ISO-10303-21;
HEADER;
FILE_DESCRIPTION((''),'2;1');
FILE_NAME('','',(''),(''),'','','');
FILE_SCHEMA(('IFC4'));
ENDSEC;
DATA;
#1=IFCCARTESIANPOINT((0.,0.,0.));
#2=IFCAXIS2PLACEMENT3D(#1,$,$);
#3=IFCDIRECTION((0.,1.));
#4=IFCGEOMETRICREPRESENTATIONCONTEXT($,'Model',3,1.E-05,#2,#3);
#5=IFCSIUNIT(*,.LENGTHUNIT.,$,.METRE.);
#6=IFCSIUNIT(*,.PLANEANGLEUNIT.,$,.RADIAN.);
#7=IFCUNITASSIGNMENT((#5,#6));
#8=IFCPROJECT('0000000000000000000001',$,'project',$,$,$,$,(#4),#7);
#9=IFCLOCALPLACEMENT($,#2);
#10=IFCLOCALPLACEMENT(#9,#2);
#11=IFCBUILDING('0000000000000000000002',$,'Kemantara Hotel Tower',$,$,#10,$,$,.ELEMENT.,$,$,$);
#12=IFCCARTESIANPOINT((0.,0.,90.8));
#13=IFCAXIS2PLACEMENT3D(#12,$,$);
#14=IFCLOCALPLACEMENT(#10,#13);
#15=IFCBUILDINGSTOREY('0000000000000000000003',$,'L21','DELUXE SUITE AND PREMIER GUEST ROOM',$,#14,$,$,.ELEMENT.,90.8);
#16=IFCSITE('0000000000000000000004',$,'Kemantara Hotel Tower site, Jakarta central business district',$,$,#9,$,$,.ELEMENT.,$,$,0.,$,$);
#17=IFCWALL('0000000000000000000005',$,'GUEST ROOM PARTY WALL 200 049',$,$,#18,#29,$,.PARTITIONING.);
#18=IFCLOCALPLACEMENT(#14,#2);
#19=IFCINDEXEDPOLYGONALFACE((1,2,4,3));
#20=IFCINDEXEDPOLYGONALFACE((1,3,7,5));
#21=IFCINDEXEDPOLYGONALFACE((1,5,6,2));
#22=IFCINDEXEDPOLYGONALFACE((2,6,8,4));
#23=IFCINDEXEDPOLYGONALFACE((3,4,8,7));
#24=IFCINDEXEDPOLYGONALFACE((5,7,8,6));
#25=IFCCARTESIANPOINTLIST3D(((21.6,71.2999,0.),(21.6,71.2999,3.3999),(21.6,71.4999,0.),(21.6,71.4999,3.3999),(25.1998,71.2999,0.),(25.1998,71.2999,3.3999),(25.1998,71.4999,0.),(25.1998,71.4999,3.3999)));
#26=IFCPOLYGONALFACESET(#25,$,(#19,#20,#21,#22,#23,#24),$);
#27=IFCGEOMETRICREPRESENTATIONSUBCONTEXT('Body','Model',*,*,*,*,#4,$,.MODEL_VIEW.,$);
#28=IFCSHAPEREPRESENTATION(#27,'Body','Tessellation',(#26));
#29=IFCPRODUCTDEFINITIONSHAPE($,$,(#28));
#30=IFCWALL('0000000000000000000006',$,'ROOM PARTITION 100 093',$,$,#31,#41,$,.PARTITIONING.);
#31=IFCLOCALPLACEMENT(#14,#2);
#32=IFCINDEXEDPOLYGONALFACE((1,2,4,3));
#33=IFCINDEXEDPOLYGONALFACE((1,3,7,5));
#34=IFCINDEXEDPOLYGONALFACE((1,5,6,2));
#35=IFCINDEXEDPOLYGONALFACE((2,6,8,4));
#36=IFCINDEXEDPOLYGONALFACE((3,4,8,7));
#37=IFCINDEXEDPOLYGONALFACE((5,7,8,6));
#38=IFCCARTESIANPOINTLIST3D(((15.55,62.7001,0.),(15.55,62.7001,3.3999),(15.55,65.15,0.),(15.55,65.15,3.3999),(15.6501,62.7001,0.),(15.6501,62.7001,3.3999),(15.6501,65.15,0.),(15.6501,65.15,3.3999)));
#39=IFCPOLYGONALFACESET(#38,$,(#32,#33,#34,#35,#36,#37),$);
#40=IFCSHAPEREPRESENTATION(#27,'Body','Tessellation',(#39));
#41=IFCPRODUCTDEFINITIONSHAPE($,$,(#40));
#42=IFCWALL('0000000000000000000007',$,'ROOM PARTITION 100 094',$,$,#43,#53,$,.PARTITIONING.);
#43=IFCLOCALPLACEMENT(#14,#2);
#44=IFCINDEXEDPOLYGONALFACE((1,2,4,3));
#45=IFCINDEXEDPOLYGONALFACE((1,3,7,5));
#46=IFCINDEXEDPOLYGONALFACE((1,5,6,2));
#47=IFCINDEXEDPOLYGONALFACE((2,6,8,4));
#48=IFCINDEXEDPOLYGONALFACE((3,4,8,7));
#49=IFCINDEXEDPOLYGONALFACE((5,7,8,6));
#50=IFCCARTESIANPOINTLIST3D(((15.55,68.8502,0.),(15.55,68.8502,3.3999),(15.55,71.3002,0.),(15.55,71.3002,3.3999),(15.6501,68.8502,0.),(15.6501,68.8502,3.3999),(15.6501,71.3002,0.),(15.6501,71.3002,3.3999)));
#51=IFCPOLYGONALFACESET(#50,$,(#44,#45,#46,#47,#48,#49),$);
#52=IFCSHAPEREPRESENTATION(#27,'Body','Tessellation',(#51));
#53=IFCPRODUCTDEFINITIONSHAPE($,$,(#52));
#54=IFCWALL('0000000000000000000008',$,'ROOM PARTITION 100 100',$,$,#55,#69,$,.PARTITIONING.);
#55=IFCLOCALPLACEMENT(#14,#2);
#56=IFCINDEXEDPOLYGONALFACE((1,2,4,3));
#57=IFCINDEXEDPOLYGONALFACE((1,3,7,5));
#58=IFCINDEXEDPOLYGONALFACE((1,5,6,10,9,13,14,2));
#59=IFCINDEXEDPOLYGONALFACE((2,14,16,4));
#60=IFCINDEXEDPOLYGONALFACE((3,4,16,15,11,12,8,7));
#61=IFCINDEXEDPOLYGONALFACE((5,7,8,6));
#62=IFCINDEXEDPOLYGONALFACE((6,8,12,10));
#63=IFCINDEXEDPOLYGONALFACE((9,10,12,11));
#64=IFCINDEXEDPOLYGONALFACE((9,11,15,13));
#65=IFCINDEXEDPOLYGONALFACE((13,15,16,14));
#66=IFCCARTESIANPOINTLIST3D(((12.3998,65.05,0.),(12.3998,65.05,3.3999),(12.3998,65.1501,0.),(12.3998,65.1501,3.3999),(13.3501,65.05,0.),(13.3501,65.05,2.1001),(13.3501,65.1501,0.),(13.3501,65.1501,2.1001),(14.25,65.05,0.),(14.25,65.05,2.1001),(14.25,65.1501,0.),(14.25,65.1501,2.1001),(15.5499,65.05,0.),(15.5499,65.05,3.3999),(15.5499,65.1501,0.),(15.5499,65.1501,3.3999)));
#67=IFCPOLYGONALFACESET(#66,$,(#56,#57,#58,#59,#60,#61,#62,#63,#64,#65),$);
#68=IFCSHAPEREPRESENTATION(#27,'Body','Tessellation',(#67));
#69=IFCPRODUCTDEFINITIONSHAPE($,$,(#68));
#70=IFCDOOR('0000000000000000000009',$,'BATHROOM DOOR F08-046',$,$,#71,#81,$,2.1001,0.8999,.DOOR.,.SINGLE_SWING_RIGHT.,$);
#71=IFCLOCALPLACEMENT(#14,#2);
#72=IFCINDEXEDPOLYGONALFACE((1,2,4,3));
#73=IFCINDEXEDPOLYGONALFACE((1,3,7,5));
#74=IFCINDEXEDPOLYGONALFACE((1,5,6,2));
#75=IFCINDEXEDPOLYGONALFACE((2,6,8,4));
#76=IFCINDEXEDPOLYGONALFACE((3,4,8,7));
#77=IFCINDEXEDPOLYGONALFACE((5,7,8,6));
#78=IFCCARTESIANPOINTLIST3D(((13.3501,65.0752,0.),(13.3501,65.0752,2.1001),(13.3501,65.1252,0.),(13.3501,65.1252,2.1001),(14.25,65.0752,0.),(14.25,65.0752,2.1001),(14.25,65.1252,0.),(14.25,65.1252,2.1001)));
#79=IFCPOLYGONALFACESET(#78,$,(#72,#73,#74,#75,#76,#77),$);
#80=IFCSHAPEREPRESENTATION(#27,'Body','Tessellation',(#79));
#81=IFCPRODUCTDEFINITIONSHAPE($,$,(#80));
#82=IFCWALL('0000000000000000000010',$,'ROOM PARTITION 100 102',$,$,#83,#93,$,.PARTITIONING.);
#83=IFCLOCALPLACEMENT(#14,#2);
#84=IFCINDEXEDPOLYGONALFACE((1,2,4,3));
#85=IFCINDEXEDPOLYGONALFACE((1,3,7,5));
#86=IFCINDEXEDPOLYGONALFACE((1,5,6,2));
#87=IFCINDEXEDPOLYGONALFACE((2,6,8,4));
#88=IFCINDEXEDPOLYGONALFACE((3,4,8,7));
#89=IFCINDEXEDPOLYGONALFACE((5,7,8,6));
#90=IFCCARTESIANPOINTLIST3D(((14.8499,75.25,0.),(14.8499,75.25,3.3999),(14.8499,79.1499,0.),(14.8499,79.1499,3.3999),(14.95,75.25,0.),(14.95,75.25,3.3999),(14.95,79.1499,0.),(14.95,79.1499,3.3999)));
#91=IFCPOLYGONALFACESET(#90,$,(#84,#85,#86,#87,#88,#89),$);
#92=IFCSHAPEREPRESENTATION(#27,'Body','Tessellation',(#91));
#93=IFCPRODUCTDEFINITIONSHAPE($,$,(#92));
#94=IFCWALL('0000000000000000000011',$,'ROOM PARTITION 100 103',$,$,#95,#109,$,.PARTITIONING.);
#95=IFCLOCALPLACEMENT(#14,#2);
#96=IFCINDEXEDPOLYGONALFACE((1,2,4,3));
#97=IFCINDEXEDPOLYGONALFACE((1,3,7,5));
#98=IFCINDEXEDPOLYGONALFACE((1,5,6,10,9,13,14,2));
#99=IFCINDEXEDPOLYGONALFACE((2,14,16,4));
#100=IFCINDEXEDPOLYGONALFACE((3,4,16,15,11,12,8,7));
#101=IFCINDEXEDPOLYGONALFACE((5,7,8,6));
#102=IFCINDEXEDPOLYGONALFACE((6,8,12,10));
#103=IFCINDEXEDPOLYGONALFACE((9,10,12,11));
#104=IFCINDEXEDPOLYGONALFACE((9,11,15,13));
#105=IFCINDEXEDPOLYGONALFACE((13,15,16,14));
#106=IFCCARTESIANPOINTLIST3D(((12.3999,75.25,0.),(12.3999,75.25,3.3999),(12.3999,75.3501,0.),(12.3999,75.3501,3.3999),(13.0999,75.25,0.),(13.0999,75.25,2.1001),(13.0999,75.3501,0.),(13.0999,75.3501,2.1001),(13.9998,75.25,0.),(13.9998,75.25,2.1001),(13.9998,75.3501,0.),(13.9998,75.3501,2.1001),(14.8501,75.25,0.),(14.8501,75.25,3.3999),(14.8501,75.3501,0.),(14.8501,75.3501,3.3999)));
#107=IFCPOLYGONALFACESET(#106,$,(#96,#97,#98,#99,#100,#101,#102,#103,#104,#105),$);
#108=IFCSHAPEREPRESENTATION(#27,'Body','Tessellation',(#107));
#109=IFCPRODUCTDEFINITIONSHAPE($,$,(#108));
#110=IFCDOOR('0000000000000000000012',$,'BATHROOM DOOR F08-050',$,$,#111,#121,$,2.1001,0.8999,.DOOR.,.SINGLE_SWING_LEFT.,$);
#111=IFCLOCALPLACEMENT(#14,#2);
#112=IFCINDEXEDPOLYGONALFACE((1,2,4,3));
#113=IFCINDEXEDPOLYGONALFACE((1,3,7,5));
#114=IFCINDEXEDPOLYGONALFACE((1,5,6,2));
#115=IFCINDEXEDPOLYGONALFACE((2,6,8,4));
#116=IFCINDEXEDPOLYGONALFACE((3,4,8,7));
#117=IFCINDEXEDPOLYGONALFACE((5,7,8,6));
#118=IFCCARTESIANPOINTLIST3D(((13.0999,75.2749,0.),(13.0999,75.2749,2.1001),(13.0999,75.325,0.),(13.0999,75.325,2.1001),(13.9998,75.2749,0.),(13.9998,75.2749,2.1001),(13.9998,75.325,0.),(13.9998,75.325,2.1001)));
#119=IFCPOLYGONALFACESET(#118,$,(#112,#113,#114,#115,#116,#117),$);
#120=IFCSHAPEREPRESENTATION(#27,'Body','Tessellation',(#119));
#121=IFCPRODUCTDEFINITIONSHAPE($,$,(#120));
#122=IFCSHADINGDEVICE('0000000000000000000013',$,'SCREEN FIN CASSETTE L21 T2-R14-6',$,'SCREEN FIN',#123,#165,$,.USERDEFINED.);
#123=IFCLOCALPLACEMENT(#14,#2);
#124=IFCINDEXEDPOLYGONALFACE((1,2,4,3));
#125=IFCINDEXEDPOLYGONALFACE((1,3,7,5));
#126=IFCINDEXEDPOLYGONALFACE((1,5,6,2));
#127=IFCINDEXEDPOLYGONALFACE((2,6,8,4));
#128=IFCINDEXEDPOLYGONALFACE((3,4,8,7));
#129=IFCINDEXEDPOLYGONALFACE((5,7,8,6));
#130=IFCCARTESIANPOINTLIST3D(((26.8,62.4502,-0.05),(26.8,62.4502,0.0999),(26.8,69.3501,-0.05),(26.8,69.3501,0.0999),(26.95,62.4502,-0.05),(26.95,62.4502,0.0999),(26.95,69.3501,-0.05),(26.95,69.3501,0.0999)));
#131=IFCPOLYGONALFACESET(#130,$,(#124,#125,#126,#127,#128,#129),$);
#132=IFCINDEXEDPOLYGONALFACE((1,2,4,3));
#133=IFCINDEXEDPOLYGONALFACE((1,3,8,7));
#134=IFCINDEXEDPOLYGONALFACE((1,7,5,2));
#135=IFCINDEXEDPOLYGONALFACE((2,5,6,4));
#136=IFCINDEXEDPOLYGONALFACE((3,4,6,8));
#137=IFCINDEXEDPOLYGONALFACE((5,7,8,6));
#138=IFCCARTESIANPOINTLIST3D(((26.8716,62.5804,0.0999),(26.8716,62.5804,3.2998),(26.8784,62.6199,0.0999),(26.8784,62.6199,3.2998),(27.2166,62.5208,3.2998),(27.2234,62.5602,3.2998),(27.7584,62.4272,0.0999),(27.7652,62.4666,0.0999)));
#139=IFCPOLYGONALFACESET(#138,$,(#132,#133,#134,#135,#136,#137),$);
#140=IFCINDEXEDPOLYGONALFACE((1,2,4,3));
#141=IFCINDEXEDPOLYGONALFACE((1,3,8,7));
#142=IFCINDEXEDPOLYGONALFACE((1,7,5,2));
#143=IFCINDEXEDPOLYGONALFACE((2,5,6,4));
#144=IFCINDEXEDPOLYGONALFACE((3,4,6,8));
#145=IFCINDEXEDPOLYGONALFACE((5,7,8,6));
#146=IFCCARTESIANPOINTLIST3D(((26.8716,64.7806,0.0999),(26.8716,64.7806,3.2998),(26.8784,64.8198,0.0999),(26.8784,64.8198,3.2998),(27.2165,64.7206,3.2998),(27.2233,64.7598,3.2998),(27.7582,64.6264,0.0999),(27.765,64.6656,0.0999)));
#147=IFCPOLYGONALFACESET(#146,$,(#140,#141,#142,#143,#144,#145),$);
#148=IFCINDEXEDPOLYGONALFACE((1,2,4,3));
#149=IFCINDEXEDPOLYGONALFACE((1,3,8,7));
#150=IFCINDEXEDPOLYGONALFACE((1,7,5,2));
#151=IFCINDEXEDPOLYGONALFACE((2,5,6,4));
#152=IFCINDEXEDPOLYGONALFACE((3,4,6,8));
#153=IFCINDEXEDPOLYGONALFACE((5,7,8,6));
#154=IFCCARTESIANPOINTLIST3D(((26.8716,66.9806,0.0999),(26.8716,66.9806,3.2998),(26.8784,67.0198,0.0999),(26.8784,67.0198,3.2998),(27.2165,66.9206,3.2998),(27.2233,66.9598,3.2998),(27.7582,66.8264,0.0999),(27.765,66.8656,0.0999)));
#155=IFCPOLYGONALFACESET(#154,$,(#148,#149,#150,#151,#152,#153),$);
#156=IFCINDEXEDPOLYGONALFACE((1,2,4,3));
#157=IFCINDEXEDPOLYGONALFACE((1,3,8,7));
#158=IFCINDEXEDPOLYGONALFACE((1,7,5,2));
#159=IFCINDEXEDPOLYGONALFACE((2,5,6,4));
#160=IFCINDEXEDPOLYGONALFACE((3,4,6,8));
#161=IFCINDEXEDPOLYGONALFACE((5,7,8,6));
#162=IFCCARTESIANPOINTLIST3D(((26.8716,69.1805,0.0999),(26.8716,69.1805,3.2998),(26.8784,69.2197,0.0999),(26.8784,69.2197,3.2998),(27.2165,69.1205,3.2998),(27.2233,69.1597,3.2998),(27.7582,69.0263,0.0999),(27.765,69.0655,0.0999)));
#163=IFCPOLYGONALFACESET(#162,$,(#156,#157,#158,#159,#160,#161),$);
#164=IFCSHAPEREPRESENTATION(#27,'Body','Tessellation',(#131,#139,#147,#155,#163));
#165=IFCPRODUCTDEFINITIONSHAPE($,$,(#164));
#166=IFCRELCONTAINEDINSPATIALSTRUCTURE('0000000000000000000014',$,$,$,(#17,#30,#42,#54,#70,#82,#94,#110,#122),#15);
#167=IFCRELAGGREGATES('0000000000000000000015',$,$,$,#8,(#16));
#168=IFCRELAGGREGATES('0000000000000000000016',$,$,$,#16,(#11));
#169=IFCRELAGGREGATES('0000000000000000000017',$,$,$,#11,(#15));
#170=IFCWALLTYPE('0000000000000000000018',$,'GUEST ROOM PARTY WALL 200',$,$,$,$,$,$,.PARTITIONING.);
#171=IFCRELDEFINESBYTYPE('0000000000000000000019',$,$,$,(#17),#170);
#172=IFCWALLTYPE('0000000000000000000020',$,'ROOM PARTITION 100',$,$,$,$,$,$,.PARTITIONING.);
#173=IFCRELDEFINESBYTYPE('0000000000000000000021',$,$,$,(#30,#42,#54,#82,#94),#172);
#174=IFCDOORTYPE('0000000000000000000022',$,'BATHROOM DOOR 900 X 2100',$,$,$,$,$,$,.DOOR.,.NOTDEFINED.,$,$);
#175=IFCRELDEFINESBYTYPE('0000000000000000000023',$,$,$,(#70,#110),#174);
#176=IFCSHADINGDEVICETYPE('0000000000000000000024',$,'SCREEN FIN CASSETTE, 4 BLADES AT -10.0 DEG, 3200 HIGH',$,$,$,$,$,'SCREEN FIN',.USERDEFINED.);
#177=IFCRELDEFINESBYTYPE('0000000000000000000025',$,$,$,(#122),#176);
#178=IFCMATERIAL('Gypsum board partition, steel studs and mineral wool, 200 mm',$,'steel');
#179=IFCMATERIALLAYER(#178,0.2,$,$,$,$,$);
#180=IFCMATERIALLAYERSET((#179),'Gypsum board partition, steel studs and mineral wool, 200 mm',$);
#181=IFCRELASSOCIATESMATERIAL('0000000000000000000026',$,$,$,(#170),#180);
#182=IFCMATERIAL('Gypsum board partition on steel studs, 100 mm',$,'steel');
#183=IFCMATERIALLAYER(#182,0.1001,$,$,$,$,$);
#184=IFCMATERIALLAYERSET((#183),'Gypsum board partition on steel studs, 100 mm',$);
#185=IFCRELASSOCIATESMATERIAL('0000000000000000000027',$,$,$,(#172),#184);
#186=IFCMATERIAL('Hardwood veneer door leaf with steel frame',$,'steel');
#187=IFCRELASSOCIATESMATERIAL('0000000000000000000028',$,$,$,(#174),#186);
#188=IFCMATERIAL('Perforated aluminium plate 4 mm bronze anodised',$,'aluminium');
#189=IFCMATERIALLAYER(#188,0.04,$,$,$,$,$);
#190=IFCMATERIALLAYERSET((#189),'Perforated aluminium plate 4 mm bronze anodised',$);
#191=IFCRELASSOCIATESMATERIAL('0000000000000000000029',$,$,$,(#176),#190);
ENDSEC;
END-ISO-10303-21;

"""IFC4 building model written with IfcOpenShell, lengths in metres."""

from ifc_helpers import new_model, si_unit, direction, frame, frame_2d, origin, origin_2d, place, context, subcontext, project, spatial, polyline, rectangle, outline, extrude, source, transform, mapped, material, layer, layer_set, type_object, element, fill, save


model = new_model("IFC4")

# Units and contexts
model_context = context("Model", 3, precision=1e-05, world=origin(), true_north=direction((0.0, 1.0)))
body_context = subcontext(model_context, "Body", "Model", "MODEL_VIEW")
ifc_project = project(units=[si_unit("LENGTHUNIT", "METRE"), si_unit("PLANEANGLEUNIT", "RADIAN")], contexts=[model_context])

# Site, building, storey
site_placement = place(None, origin())
site = spatial("IfcSite", under=ifc_project, at=site_placement, Name="Kemantara Hotel Tower site, Jakarta central business district", CompositionType="ELEMENT", RefElevation=0.0)
building_placement = place(site_placement, origin())
building = spatial("IfcBuilding", under=site, at=building_placement, Name="Kemantara Hotel Tower", CompositionType="ELEMENT")
storey_placement = place(building_placement, frame((0.0, 0.0, 90.8)))
storey = spatial("IfcBuildingStorey", under=building, at=storey_placement, Name="L21", Description="DELUXE SUITE AND PREMIER GUEST ROOM", CompositionType="ELEMENT", Elevation=90.8)

# Walls
ifc_material_1 = material(Name="Gypsum board partition, steel studs and mineral wool, 200 mm", Category="steel")
ifc_layer_1 = layer(ifc_material_1, 0.2)
ifc_layer_set_1 = layer_set([ifc_layer_1], Name="Gypsum board partition, steel studs and mineral wool, 200 mm")
wall_type_1 = type_object("IfcWallType", Name="GUEST ROOM PARTY WALL 200", PredefinedType="PARTITIONING", material=ifc_layer_set_1)
wall_1_placement = place(storey_placement, frame((21.6001, 71.3999, 0.0), z_axis=(0.0, 0.0, 1.0), x_axis=(1.0, 0.0, 0.0)))
element("IfcWall", 1, at=wall_1_placement, inside=storey, type_object=wall_type_1, Name="GUEST ROOM PARTY WALL 200 049", PredefinedType="PARTITIONING", context=body_context, shape_type="SweptSolid", body=[
    extrude(rectangle(XDim=3.5999, YDim=0.2, at=frame_2d((1.7998, 0.0))), origin(), (0.0, 0.0, 1.0), 3.3999),
])
ifc_material_2 = material(Name="Gypsum board partition on steel studs, 100 mm", Category="steel")
ifc_layer_2 = layer(ifc_material_2, 0.1001)
ifc_layer_set_2 = layer_set([ifc_layer_2], Name="Gypsum board partition on steel studs, 100 mm")
wall_type_2 = type_object("IfcWallType", Name="ROOM PARTITION 100", PredefinedType="PARTITIONING", material=ifc_layer_set_2)
for number, where, z_axis, x_axis, name in (
    (2, (15.6001, 62.7, 0.0), (0.0, 0.0, 1.0), (0.0, 1.0, 0.0), "ROOM PARTITION 100 093"),
    (3, (15.6001, 68.8501, 0.0), (0.0, 0.0, 1.0), (0.0, 1.0, 0.0), "ROOM PARTITION 100 094"),
):
    element("IfcWall", number, at=place(storey_placement, frame(where, z_axis=z_axis, x_axis=x_axis)), inside=storey, type_object=wall_type_2, Name=name, PredefinedType="PARTITIONING", context=body_context, shape_type="SweptSolid", body=[
        extrude(rectangle(XDim=2.45, YDim=0.1001, at=frame_2d((1.2251, 0.0))), origin(), (0.0, 0.0, 1.0), 3.3999),
    ])

# Wall, opening, door
wall_2_placement = place(storey_placement, frame((15.55, 65.1001, 0.0), z_axis=(0.0, 0.0, 1.0), x_axis=(-1.0, 0.0, 0.0)))
wall_2 = element("IfcWall", 4, at=wall_2_placement, inside=storey, type_object=wall_type_2, Name="ROOM PARTITION 100 100", PredefinedType="PARTITIONING", context=body_context, shape_type="SweptSolid", body=[
    extrude(rectangle(XDim=3.1501, YDim=0.1001, at=frame_2d((1.5752, 0.0))), origin(), (0.0, 0.0, 1.0), 3.3999),
])
opening_1_placement = place(wall_2_placement, frame((1.3, 0.0, 0.0)))
opening_1 = element("IfcOpeningElement", 5, at=opening_1_placement, cuts=wall_2, PredefinedType="OPENING", context=body_context, shape_type="SweptSolid", body=[
    extrude(rectangle(XDim=0.8999, YDim=2.1001, at=frame_2d((0.45, 1.05))), frame((0.0, 0.0601, 0.0), z_axis=(0.0, -1.0, 0.0), x_axis=(1.0, 0.0, 0.0)), (0.0, 0.0, 1.0), 0.1201),
])
ifc_material_3 = material(Name="Hardwood veneer door leaf with steel frame", Category="steel")
door_type = type_object("IfcDoorType", Name="BATHROOM DOOR 900 X 2100", OperationType="NOTDEFINED", PredefinedType="DOOR", material=ifc_material_3)
door_1_placement = place(opening_1_placement, origin())
door_1 = element("IfcDoor", 6, at=door_1_placement, inside=storey, type_object=door_type, Name="BATHROOM DOOR F08-046", OperationType="SINGLE_SWING_RIGHT", OverallHeight=2.1001, OverallWidth=0.8999, PredefinedType="DOOR", context=body_context, shape_type="SweptSolid", body=[
    extrude(rectangle(XDim=0.8999, YDim=2.1001, at=frame_2d((0.45, 1.05))), frame((0.0, 0.0249, 0.0), z_axis=(0.0, -1.0, 0.0), x_axis=(1.0, 0.0, 0.0)), (0.0, 0.0, 1.0), 0.05),
])
fill(opening_1, door_1)

# Wall
wall_3_placement = place(storey_placement, frame((14.8999, 75.25, 0.0), z_axis=(0.0, 0.0, 1.0), x_axis=(0.0, 1.0, 0.0)))
element("IfcWall", 7, at=wall_3_placement, inside=storey, type_object=wall_type_2, Name="ROOM PARTITION 100 102", PredefinedType="PARTITIONING", context=body_context, shape_type="SweptSolid", body=[
    extrude(rectangle(XDim=3.8999, YDim=0.1001, at=frame_2d((1.95, 0.0))), origin(), (0.0, 0.0, 1.0), 3.3999),
])

# Wall, opening, door
wall_4_placement = place(storey_placement, frame((12.3999, 75.3, 0.0), z_axis=(0.0, 0.0, 1.0), x_axis=(1.0, 0.0, 0.0)))
wall_4 = element("IfcWall", 8, at=wall_4_placement, inside=storey, type_object=wall_type_2, Name="ROOM PARTITION 100 103", PredefinedType="PARTITIONING", context=body_context, shape_type="SweptSolid", body=[
    extrude(rectangle(XDim=2.4502, YDim=0.1001, at=frame_2d((1.2251, 0.0))), origin(), (0.0, 0.0, 1.0), 3.3999),
])
opening_2_placement = place(wall_4_placement, frame((0.7, 0.0, 0.0)))
opening_2 = element("IfcOpeningElement", 9, at=opening_2_placement, cuts=wall_4, PredefinedType="OPENING", context=body_context, shape_type="SweptSolid", body=[
    extrude(rectangle(XDim=0.8999, YDim=2.1001, at=frame_2d((0.45, 1.05))), frame((0.0, 0.0601, 0.0), z_axis=(0.0, -1.0, 0.0), x_axis=(1.0, 0.0, 0.0)), (0.0, 0.0, 1.0), 0.1201),
])
door_2_placement = place(opening_2_placement, origin())
door_2 = element("IfcDoor", 10, at=door_2_placement, inside=storey, type_object=door_type, Name="BATHROOM DOOR F08-050", OperationType="SINGLE_SWING_LEFT", OverallHeight=2.1001, OverallWidth=0.8999, PredefinedType="DOOR", context=body_context, shape_type="SweptSolid", body=[
    extrude(rectangle(XDim=0.8999, YDim=2.1001, at=frame_2d((0.45, 1.05))), frame((0.0, 0.0249, 0.0), z_axis=(0.0, -1.0, 0.0), x_axis=(1.0, 0.0, 0.0)), (0.0, 0.0, 1.0), 0.05),
])
fill(opening_2, door_2)

# Shading device
ifc_material_4 = material(Name="Perforated aluminium plate 4 mm bronze anodised", Category="aluminium")
ifc_layer_3 = layer(ifc_material_4, 0.04)
ifc_layer_set_3 = layer_set([ifc_layer_3], Name="Perforated aluminium plate 4 mm bronze anodised")
shading_device_type_1 = type_object("IfcShadingDeviceType", Name="SCREEN FIN CASSETTE, 4 BLADES AT -10.0 DEG, 3200 HIGH", ElementType="SCREEN FIN", PredefinedType="USERDEFINED", material=ifc_layer_set_3)
shared_shape_1 = source(origin(), body_context, "Body", "SweptSolid", [
    extrude(rectangle(XDim=6.8999, YDim=0.1499, at=origin_2d()), frame((3.3, -0.075, -0.1499), z_axis=(0.0, 0.0, 1.0), x_axis=(1.0, 0.0, 0.0)), (0.0, 0.0, 1.0), 0.1499),
    extrude(outline(polyline([(0.0, 0.0), (0.8999, 0.0), (0.3501, 3.2), (0.0, 3.2), (0.0, 0.0)])), frame((0.0198, -0.0784, 0.0), z_axis=(-0.98539, 0.170314, 0.0), x_axis=(-0.170314, -0.98539, 0.0)), (0.0, 0.0, 1.0), 0.04),
    extrude(outline(polyline([(0.0, 0.0), (0.8999, 0.0), (0.3501, 3.2), (0.0, 3.2), (0.0, 0.0)])), frame((2.2197, -0.0784, 0.0), z_axis=(-0.985212, 0.171341, 0.0), x_axis=(-0.171341, -0.985212, 0.0)), (0.0, 0.0, 1.0), 0.0398),
    extrude(outline(polyline([(0.0, 0.0), (0.8999, 0.0), (0.3501, 3.2), (0.0, 3.2), (0.0, 0.0)])), frame((4.4197, -0.0784, 0.0), z_axis=(-0.985212, 0.171341, 0.0), x_axis=(-0.171341, -0.985212, 0.0)), (0.0, 0.0, 1.0), 0.0398),
    extrude(outline(polyline([(0.0, 0.0), (0.8999, 0.0), (0.3501, 3.2), (0.0, 3.2), (0.0, 0.0)])), frame((6.6196, -0.0784, 0.0), z_axis=(-0.985212, 0.171341, 0.0), x_axis=(-0.171341, -0.985212, 0.0)), (0.0, 0.0, 1.0), 0.0398),
])
shading_device_1_placement = place(storey_placement, frame((26.8, 62.6001, 0.0999), z_axis=(0.0, 0.0, 1.0), x_axis=(0.0, 1.0, 0.0)))
element("IfcShadingDevice", 11, at=shading_device_1_placement, inside=storey, type_object=shading_device_type_1, Name="SCREEN FIN CASSETTE L21 T2-R14-6", ObjectType="SCREEN FIN", PredefinedType="USERDEFINED", context=body_context, shape_type="MappedRepresentation", body=[
    mapped(shared_shape_1, transform((0.0, 0.0, 0.0))),
])

save(model, "model.ifc")
